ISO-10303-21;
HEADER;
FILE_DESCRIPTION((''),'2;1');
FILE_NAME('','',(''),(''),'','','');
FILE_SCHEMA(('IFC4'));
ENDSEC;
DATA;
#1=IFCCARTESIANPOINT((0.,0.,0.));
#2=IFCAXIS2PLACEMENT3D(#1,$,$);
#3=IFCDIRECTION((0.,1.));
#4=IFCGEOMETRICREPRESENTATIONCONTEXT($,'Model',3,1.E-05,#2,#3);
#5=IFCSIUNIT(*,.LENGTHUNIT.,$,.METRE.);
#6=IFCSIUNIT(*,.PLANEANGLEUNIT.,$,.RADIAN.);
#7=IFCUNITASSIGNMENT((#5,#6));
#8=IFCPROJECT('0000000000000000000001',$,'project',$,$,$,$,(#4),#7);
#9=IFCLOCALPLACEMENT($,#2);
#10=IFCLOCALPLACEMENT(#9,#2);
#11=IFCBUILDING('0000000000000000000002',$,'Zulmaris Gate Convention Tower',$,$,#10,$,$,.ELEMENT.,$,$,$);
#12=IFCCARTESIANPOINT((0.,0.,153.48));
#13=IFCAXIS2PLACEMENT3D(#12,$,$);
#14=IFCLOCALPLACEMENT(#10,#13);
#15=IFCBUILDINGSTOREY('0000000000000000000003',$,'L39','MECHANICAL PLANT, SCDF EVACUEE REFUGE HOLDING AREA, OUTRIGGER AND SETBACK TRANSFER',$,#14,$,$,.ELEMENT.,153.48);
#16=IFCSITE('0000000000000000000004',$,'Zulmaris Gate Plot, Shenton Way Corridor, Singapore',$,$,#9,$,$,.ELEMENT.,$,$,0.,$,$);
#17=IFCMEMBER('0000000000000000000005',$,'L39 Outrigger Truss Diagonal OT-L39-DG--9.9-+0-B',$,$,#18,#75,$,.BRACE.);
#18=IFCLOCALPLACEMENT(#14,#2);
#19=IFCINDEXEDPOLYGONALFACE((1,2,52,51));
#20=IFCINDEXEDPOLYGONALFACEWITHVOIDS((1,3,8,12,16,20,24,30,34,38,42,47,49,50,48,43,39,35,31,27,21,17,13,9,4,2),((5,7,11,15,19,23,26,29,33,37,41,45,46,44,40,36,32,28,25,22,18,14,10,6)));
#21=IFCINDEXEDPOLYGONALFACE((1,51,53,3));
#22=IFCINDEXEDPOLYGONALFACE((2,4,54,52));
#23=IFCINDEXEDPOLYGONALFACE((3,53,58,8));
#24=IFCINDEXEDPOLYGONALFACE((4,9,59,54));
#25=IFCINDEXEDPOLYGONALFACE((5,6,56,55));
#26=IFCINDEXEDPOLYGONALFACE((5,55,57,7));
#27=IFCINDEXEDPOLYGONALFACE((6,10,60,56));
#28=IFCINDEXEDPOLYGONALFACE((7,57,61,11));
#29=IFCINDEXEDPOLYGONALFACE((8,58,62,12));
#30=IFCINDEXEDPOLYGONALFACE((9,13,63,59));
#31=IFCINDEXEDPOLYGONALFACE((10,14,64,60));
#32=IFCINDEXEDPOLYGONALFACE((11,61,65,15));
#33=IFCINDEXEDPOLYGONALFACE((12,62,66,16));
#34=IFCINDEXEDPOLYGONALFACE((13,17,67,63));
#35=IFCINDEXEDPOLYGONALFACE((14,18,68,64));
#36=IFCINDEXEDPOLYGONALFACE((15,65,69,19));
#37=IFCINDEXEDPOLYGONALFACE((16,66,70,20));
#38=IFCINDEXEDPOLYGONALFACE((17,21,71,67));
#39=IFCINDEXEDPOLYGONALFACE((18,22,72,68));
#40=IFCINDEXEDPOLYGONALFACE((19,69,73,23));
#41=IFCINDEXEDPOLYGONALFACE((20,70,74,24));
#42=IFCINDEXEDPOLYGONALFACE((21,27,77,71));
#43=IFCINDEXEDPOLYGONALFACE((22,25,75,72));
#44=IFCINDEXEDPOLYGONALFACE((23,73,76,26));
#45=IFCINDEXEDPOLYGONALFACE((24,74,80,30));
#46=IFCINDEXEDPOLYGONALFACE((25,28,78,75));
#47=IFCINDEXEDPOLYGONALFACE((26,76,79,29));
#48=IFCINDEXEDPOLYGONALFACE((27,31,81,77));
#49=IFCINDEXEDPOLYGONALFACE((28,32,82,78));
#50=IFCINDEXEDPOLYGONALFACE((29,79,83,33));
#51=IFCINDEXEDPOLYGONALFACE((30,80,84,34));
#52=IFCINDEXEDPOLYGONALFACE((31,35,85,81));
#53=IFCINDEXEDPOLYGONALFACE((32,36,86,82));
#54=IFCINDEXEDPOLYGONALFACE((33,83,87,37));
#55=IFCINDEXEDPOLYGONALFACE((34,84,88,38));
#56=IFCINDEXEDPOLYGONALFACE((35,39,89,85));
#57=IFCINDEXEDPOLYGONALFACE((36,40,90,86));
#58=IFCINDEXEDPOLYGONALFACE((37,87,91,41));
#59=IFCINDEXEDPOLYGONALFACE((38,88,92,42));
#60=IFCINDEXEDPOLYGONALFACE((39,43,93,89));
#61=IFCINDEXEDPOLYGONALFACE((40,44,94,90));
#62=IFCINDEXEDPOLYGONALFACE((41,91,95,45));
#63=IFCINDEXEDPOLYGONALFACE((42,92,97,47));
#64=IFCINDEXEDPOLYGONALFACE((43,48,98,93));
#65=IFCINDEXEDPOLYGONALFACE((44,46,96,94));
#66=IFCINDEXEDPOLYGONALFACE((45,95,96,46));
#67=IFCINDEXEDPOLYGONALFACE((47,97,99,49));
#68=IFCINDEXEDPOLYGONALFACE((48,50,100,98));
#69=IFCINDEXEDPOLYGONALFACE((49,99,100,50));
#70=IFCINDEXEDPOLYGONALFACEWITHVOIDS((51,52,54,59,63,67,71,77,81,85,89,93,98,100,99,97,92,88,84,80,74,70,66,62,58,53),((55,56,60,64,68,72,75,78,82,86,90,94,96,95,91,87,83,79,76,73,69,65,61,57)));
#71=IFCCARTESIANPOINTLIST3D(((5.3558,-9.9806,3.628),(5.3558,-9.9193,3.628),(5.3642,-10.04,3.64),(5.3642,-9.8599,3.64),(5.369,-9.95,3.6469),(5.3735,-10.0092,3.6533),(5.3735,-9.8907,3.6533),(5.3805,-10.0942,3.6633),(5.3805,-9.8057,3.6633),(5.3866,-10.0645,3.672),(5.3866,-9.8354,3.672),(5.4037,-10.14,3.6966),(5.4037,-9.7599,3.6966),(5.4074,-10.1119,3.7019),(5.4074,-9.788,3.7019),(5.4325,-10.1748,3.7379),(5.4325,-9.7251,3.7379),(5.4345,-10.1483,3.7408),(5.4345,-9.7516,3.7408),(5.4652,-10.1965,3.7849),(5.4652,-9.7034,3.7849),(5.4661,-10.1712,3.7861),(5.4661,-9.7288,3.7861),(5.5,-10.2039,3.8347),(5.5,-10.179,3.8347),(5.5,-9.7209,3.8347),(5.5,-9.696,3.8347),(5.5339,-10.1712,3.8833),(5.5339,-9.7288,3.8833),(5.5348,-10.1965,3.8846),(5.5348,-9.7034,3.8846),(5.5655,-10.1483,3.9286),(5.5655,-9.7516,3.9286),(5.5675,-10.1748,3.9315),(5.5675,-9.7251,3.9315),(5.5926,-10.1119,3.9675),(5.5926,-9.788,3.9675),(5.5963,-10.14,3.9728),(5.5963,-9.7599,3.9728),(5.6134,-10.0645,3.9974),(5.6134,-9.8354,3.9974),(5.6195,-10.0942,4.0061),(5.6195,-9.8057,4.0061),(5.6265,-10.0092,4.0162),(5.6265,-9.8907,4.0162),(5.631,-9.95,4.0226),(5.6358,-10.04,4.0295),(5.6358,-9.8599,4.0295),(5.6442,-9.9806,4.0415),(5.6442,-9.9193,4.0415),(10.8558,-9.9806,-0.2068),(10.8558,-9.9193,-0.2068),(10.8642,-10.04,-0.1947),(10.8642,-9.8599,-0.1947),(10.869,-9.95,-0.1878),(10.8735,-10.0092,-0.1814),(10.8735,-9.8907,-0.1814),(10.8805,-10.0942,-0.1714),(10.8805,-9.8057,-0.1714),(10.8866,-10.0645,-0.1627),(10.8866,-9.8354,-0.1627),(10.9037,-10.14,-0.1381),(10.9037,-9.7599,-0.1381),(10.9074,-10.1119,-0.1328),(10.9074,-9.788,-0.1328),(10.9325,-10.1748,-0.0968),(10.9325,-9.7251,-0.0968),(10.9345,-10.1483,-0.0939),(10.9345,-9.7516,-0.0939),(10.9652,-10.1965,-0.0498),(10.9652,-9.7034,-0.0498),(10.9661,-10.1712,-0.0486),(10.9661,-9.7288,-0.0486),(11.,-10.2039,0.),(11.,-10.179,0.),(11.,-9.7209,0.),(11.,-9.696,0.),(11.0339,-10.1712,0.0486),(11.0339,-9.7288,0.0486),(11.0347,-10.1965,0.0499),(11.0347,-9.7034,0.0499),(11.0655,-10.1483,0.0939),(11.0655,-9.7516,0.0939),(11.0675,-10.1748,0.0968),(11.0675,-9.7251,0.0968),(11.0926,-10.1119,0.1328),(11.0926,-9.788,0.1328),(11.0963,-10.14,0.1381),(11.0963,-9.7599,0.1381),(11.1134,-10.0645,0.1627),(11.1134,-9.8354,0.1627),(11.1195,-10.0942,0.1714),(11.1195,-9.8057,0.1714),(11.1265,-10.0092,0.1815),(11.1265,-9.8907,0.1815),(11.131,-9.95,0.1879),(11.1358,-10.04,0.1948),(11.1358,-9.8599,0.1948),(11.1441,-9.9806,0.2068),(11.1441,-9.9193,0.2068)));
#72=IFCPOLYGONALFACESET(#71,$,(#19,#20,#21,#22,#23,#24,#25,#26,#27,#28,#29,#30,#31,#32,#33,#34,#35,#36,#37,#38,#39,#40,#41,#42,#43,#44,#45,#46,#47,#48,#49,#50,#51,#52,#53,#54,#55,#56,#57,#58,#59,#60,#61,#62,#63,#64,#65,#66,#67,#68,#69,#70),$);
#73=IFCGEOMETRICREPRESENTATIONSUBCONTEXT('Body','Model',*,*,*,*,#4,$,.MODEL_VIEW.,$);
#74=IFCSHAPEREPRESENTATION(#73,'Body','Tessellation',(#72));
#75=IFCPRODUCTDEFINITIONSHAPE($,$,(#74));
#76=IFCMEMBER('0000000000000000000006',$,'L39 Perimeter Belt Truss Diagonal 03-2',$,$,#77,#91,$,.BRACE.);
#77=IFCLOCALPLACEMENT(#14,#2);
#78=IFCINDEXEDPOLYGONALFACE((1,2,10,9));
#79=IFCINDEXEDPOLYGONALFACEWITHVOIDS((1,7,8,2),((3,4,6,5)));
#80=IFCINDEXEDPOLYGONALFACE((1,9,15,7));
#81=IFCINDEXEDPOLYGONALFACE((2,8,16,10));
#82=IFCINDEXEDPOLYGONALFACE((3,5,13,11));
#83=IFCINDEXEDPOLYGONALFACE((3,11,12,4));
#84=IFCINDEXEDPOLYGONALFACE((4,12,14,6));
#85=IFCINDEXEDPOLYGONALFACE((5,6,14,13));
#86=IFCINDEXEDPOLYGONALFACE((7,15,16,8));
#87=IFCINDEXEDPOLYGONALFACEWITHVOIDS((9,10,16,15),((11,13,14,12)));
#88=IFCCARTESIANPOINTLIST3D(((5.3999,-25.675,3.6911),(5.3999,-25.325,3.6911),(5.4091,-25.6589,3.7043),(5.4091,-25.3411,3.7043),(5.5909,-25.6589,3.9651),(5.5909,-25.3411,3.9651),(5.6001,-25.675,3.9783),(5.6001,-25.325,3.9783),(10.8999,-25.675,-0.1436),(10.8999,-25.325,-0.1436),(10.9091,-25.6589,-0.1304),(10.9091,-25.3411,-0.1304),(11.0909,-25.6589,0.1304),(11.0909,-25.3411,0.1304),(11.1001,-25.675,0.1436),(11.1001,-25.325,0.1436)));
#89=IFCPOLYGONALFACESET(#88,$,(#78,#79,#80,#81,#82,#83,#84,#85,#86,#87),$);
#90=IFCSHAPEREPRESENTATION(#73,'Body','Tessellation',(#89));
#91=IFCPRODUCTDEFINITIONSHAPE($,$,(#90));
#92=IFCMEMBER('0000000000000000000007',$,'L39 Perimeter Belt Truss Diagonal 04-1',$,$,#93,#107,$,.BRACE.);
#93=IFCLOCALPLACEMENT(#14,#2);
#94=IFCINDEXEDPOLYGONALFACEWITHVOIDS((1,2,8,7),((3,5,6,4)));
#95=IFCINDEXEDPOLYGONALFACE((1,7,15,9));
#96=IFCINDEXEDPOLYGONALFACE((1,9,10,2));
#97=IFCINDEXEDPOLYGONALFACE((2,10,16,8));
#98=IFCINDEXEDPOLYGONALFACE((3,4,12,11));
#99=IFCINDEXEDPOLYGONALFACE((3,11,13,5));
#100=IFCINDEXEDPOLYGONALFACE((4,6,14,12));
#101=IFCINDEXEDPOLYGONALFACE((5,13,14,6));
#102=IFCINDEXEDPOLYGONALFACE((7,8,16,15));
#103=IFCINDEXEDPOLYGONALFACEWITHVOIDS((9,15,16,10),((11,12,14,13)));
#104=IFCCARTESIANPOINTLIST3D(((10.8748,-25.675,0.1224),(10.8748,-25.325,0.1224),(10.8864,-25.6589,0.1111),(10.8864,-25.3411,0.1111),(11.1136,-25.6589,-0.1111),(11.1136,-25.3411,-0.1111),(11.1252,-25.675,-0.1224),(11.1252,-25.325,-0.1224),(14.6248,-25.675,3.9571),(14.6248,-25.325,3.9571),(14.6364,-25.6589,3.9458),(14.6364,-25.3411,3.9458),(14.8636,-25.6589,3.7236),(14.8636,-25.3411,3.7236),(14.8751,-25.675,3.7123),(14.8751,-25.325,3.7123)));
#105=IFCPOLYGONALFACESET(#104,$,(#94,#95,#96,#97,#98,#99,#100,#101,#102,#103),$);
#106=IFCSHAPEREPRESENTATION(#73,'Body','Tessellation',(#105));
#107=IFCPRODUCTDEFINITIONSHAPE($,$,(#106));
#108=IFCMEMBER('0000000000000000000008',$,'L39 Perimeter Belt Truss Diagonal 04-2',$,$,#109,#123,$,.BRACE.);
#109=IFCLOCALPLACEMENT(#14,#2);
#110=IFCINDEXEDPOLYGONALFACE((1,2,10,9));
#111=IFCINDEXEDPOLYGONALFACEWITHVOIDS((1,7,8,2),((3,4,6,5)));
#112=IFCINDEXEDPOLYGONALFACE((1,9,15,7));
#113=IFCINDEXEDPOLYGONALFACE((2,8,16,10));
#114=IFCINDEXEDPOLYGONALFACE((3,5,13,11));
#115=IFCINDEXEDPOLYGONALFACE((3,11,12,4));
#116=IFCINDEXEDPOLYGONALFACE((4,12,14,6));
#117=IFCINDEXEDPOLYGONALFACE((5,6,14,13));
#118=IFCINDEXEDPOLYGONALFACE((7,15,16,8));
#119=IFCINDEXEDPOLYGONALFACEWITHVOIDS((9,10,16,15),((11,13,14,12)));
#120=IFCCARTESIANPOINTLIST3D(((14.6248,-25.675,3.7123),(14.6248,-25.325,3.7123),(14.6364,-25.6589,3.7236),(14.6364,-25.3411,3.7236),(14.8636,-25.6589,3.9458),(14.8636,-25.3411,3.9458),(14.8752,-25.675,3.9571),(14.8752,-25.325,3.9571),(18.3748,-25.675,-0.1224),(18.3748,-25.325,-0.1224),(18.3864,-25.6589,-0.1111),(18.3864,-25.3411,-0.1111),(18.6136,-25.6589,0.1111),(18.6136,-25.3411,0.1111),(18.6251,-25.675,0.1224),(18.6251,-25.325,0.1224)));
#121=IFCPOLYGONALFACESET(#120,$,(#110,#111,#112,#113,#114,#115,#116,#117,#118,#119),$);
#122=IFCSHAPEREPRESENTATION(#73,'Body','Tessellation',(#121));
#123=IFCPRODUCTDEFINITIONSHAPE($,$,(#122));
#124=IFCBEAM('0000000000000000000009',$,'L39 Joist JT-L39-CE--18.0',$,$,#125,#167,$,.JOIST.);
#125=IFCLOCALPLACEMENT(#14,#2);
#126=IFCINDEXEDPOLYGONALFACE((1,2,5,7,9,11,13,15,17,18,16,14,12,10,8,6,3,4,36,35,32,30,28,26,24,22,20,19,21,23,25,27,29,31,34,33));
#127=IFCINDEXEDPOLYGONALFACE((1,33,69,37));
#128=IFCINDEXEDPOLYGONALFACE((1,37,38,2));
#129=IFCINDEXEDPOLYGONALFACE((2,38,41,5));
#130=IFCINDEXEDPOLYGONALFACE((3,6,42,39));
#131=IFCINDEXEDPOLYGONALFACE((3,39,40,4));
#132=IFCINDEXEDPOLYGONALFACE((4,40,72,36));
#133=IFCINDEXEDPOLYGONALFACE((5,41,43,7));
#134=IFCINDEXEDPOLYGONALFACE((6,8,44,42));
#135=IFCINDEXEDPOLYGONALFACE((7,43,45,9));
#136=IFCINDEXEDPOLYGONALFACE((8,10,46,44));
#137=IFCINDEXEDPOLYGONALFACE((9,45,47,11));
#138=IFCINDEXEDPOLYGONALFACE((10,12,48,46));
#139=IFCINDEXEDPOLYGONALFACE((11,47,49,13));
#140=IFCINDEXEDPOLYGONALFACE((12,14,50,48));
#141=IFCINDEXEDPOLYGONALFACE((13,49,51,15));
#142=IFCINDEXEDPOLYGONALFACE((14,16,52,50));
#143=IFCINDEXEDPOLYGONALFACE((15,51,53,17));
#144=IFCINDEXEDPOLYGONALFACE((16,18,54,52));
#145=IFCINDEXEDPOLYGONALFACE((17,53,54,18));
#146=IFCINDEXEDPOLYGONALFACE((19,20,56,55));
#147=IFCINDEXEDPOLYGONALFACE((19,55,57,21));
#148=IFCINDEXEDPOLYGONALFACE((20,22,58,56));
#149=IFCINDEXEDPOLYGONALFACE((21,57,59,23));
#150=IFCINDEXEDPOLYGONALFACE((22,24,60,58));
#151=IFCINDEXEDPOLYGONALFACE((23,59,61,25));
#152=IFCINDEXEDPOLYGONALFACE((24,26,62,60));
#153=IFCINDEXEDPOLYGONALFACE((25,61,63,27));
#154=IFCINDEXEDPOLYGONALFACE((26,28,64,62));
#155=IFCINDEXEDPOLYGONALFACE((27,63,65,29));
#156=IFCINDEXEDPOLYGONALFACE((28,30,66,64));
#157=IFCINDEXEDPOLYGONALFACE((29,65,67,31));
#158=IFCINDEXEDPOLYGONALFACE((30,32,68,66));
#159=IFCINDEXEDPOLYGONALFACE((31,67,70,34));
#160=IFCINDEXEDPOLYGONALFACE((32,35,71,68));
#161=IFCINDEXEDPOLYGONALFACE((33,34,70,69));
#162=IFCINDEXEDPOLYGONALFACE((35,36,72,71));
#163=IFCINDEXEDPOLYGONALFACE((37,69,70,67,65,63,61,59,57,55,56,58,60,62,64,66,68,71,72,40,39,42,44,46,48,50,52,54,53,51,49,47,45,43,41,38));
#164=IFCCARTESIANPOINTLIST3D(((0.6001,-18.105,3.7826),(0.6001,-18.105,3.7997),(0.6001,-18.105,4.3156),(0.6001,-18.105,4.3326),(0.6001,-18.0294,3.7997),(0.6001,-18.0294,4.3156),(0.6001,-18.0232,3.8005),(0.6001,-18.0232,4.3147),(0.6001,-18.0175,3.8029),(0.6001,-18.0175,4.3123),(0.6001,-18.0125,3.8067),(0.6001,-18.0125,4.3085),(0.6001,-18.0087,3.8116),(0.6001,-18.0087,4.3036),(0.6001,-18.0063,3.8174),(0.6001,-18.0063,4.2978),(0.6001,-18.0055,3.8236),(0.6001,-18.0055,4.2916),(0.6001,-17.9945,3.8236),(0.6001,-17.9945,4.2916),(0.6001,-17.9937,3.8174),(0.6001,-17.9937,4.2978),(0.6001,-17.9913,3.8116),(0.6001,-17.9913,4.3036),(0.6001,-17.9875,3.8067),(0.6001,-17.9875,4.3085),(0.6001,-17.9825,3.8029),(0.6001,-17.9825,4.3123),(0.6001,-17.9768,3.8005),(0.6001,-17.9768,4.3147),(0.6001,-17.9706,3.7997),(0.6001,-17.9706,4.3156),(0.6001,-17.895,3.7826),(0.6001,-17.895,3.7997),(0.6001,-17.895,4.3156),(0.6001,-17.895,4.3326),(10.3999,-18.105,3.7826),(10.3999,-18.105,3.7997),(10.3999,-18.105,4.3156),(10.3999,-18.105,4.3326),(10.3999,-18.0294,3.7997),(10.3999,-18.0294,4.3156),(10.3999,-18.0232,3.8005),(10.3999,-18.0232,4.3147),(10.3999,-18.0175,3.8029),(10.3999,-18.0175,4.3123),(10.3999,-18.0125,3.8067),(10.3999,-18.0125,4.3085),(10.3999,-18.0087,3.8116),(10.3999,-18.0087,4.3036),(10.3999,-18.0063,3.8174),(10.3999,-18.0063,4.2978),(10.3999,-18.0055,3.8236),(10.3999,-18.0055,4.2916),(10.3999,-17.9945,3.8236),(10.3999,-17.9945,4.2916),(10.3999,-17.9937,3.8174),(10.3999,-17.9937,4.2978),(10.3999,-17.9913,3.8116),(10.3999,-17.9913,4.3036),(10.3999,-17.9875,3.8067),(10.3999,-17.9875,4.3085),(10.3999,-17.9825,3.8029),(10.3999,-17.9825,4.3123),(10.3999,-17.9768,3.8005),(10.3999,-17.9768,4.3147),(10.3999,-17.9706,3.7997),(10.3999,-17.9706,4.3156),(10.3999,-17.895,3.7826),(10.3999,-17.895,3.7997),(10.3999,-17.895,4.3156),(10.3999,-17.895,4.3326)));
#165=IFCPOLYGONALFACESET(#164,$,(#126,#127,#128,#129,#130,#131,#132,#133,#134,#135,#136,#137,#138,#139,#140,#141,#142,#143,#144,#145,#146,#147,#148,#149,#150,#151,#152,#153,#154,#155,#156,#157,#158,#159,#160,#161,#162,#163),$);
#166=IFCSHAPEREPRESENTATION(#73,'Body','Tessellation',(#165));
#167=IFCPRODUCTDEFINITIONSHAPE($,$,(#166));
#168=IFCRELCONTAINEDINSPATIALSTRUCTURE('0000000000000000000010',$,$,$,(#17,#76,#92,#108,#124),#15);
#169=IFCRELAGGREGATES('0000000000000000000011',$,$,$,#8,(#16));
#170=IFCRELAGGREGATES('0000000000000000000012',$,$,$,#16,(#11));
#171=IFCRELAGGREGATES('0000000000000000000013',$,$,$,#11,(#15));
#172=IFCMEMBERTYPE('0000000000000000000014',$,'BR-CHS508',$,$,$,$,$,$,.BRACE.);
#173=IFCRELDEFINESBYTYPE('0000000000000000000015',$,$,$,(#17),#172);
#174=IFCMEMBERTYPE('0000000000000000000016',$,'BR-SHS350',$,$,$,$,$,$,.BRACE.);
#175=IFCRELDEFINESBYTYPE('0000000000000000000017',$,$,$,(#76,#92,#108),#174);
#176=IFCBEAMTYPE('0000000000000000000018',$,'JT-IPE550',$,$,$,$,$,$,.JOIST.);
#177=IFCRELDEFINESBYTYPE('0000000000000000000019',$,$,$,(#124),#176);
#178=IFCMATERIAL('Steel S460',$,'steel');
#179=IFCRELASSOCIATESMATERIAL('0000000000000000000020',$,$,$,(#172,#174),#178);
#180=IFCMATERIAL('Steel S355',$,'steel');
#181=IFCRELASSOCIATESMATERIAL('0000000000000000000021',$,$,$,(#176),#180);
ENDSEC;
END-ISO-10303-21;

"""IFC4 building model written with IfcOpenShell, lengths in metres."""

from ifc_helpers import new_model, si_unit, direction, frame, origin, origin_2d, place, context, subcontext, project, spatial, hollow_rectangle, hollow_circle, i_section, extrude, material, material_profile, profile_set, type_object, element, save


model = new_model("IFC4")

# Units and contexts
model_context = context("Model", 3, precision=1e-05, world=origin(), true_north=direction((0.0, 1.0)))
body_context = subcontext(model_context, "Body", "Model", "MODEL_VIEW")
ifc_project = project(units=[si_unit("LENGTHUNIT", "METRE"), si_unit("PLANEANGLEUNIT", "RADIAN")], contexts=[model_context])

# Site, building, storey
site_placement = place(None, origin())
site = spatial("IfcSite", under=ifc_project, at=site_placement, Name="Zulmaris Gate Plot, Shenton Way Corridor, Singapore", CompositionType="ELEMENT", RefElevation=0.0)
building_placement = place(site_placement, origin())
building = spatial("IfcBuilding", under=site, at=building_placement, Name="Zulmaris Gate Convention Tower", CompositionType="ELEMENT")
storey_placement = place(building_placement, frame((0.0, 0.0, 153.48)))
storey = spatial("IfcBuildingStorey", under=building, at=storey_placement, Name="L39", Description="MECHANICAL PLANT, SCDF EVACUEE REFUGE HOLDING AREA, OUTRIGGER AND SETBACK TRANSFER", CompositionType="ELEMENT", Elevation=153.48)

# Shared definitions
ifc_material_1 = material(Name="Steel S460", Category="steel")

# Members
ifc_material_profile_1 = material_profile(ifc_material_1, hollow_circle(Radius=0.2539, WallThickness=0.0249, at=origin_2d()), Name="CHS 508x25")
ifc_profile_set_1 = profile_set([ifc_material_profile_1], Name="Steel S460")
member_type_1 = type_object("IfcMemberType", Name="BR-CHS508", PredefinedType="BRACE", material=ifc_profile_set_1)
member_1_placement = place(storey_placement, frame((5.5, -9.95, 3.8347), z_axis=(0.820301, 0.0, -0.571932), x_axis=(0.0, 1.0, 0.0)))
element("IfcMember", 1, at=member_1_placement, inside=storey, type_object=member_type_1, Name="L39 Outrigger Truss Diagonal OT-L39-DG--9.9-+0-B", PredefinedType="BRACE", context=body_context, shape_type="SweptSolid", body=[
    extrude(hollow_circle(Radius=0.2539, WallThickness=0.0249, at=origin_2d()), origin(), (0.0, 0.0, 1.0), 6.7048),
])
ifc_material_profile_2 = material_profile(ifc_material_1, hollow_rectangle(XDim=0.3501, YDim=0.3501, WallThickness=0.0161, at=origin_2d()), Name="SHS 350x350x16")
ifc_profile_set_2 = profile_set([ifc_material_profile_2], Name="Steel S460")
member_type_2 = type_object("IfcMemberType", Name="BR-SHS350", PredefinedType="BRACE", material=ifc_profile_set_2)
member_2_placement = place(storey_placement, frame((5.5, -25.5, 3.8347), z_axis=(0.820301, 0.0, -0.571932), x_axis=(0.0, 1.0, 0.0)))
element("IfcMember", 2, at=member_2_placement, inside=storey, type_object=member_type_2, Name="L39 Perimeter Belt Truss Diagonal 03-2", PredefinedType="BRACE", context=body_context, shape_type="SweptSolid", body=[
    extrude(hollow_rectangle(XDim=0.3501, YDim=0.3501, WallThickness=0.0161, at=origin_2d()), origin(), (0.0, 0.0, 1.0), 6.7048),
])
for number, where, z_axis, x_axis, name in (
    (3, (11.0, -25.5, 0.0), (0.699165, 0.0, 0.71496), (0.0, 1.0, 0.0), "L39 Perimeter Belt Truss Diagonal 04-1"),
    (4, (14.75, -25.5, 3.8347), (0.699165, 0.0, -0.71496), (0.0, 1.0, 0.0), "L39 Perimeter Belt Truss Diagonal 04-2"),
):
    element("IfcMember", number, at=place(storey_placement, frame(where, z_axis=z_axis, x_axis=x_axis)), inside=storey, type_object=member_type_2, Name=name, PredefinedType="BRACE", context=body_context, shape_type="SweptSolid", body=[
        extrude(hollow_rectangle(XDim=0.3501, YDim=0.3501, WallThickness=0.0161, at=origin_2d()), origin(), (0.0, 0.0, 1.0), 5.3635),
    ])

# Beam
ifc_material_2 = material(Name="Steel S355", Category="steel")
ifc_material_profile_3 = material_profile(ifc_material_2, i_section(OverallWidth=0.21, OverallDepth=0.55, WebThickness=0.011, FlangeThickness=0.0171, FilletRadius=0.0239, at=origin_2d()), Name="IPE 550")
ifc_profile_set_3 = profile_set([ifc_material_profile_3], Name="Steel S355")
beam_type_1 = type_object("IfcBeamType", Name="JT-IPE550", PredefinedType="JOIST", material=ifc_profile_set_3)
for number, where, z_axis, x_axis, name in (
    (5, (0.6001, -18.0, 4.0576), (1.0, 0.0, 0.0), (0.0, 1.0, 0.0), "L39 Joist JT-L39-CE--18.0"),
):
    element("IfcBeam", number, at=place(storey_placement, frame(where, z_axis=z_axis, x_axis=x_axis)), inside=storey, type_object=beam_type_1, Name=name, PredefinedType="JOIST", context=body_context, shape_type="SweptSolid", body=[
        extrude(i_section(OverallWidth=0.21, OverallDepth=0.55, WebThickness=0.011, FlangeThickness=0.0171, FilletRadius=0.0239, at=origin_2d()), origin(), (0.0, 0.0, 1.0), 9.7998),
    ])

save(model, "model.ifc")
